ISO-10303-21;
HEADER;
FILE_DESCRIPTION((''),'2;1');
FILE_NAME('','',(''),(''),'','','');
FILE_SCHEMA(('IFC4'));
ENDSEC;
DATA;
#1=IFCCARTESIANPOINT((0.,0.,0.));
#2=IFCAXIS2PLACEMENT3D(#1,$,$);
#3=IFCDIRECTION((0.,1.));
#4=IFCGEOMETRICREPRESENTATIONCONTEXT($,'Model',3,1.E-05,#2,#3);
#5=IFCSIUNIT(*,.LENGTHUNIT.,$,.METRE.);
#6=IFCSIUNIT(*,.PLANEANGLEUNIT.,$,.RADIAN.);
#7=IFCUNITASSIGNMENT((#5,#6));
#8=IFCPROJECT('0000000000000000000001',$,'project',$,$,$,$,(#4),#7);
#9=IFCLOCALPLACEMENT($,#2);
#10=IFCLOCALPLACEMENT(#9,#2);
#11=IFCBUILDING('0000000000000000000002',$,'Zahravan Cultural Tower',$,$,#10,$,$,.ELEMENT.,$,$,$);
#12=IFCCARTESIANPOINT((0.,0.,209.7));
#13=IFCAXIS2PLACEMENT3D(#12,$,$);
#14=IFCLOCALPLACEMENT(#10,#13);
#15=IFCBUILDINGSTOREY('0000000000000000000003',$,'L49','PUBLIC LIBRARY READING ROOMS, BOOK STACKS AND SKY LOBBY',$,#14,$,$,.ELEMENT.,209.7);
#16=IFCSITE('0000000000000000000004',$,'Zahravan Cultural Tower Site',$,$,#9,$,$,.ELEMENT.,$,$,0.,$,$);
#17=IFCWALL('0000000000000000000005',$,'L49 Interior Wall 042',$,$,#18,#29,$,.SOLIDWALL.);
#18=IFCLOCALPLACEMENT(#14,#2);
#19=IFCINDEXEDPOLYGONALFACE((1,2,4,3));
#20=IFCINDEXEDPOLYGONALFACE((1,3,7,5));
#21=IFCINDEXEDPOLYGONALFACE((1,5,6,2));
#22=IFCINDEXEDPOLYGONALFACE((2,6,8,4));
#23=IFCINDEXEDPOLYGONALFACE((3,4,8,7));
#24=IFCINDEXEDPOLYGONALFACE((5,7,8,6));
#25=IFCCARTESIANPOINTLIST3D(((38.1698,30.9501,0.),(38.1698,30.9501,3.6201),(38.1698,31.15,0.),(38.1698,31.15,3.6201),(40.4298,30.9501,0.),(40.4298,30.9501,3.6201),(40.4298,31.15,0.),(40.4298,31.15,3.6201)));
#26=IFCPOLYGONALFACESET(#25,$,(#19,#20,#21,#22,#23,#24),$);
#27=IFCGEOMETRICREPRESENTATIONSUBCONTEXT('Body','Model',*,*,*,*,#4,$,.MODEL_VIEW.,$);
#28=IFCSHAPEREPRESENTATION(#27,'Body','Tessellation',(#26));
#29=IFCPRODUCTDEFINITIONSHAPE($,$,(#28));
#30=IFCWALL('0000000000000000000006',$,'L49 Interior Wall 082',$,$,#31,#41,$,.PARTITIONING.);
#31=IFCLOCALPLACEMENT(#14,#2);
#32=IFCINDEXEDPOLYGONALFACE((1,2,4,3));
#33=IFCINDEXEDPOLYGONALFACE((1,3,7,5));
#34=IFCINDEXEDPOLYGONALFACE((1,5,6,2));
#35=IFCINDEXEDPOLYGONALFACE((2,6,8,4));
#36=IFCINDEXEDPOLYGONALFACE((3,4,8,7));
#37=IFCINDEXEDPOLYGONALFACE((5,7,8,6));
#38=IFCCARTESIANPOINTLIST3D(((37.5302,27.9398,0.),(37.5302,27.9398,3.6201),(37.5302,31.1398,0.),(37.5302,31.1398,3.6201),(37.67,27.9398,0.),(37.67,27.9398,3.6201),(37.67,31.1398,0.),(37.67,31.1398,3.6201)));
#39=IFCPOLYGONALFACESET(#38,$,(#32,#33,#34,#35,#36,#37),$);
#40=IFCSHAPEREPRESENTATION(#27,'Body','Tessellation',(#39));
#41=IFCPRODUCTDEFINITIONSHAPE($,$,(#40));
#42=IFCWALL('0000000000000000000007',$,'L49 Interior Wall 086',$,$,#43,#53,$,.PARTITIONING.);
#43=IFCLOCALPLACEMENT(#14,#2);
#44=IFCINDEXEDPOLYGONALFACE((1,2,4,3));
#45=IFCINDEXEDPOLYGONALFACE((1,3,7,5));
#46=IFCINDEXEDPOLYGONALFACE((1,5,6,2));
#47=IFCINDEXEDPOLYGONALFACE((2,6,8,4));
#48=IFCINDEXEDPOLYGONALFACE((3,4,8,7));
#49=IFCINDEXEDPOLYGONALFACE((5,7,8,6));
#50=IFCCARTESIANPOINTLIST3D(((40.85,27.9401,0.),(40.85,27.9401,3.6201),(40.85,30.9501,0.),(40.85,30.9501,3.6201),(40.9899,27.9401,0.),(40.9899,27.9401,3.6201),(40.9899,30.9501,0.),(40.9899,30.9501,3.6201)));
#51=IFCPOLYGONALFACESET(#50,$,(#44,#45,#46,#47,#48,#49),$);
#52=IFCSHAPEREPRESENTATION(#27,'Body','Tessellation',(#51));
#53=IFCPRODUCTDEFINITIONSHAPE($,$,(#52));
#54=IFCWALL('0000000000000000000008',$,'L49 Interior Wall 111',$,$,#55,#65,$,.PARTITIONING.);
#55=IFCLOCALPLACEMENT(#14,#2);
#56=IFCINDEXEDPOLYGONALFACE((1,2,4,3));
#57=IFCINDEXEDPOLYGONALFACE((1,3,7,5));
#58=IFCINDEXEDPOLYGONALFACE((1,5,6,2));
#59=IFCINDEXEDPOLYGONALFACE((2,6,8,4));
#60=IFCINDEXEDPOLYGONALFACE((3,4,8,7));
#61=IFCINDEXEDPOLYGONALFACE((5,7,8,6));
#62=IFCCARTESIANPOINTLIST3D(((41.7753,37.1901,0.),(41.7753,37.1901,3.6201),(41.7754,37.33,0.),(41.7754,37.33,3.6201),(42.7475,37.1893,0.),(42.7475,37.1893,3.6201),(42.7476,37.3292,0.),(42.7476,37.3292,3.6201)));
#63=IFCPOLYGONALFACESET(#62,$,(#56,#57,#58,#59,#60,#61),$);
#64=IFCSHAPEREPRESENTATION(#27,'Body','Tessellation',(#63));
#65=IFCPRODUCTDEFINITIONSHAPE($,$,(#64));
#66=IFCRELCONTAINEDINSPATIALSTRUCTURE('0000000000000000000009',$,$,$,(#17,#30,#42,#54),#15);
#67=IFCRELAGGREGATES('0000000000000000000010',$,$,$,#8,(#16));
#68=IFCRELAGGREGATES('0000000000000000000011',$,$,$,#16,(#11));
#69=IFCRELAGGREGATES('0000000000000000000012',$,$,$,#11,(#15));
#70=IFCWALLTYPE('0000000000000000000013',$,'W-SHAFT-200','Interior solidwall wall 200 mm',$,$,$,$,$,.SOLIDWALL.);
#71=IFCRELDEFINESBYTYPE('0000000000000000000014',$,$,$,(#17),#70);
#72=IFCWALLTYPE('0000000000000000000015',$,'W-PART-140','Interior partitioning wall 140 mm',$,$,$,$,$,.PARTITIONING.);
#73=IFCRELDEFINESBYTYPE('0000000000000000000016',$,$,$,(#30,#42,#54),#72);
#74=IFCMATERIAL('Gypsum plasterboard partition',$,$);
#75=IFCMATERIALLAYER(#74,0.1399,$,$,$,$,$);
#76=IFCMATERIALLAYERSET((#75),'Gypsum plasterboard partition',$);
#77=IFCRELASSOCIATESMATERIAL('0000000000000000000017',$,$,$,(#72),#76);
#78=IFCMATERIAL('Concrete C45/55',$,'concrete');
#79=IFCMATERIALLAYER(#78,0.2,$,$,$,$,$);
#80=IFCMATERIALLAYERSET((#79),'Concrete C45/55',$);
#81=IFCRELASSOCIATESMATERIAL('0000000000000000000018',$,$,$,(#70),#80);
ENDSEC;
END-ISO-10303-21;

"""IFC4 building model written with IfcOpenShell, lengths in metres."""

from ifc_helpers import new_model, si_unit, direction, frame, frame_2d, origin, place, context, subcontext, project, spatial, rectangle, extrude, source, transform, mapped, material, layer, layer_set, type_object, element, save


model = new_model("IFC4")

# Units and contexts
model_context = context("Model", 3, precision=1e-05, world=origin(), true_north=direction((0.0, 1.0)))
body_context = subcontext(model_context, "Body", "Model", "MODEL_VIEW")
ifc_project = project(units=[si_unit("LENGTHUNIT", "METRE"), si_unit("PLANEANGLEUNIT", "RADIAN")], contexts=[model_context])

# Site, building, storey
site_placement = place(None, origin())
site = spatial("IfcSite", under=ifc_project, at=site_placement, Name="Zahravan Cultural Tower Site", CompositionType="ELEMENT", RefElevation=0.0)
building_placement = place(site_placement, origin())
building = spatial("IfcBuilding", under=site, at=building_placement, Name="Zahravan Cultural Tower", CompositionType="ELEMENT")
storey_placement = place(building_placement, frame((0.0, 0.0, 209.7)))
storey = spatial("IfcBuildingStorey", under=building, at=storey_placement, Name="L49", Description="PUBLIC LIBRARY READING ROOMS, BOOK STACKS AND SKY LOBBY", CompositionType="ELEMENT", Elevation=209.7)

# Shared definitions
ifc_material_1 = material(Name="Gypsum plasterboard partition")
ifc_layer_1 = layer(ifc_material_1, 0.1399)
ifc_layer_set_1 = layer_set([ifc_layer_1], Name="Gypsum plasterboard partition")
wall_type_1 = type_object("IfcWallType", Name="W-PART-140", Description="Interior partitioning wall 140 mm", PredefinedType="PARTITIONING", material=ifc_layer_set_1)
ifc_material_2 = material(Name="Concrete C45/55", Category="concrete")
ifc_layer_2 = layer(ifc_material_2, 0.2)
ifc_layer_set_2 = layer_set([ifc_layer_2], Name="Concrete C45/55")
wall_type_2 = type_object("IfcWallType", Name="W-SHAFT-200", Description="Interior solidwall wall 200 mm", PredefinedType="SOLIDWALL", material=ifc_layer_set_2)

# Walls
shared_shape_1 = source(origin(), body_context, "Body", "SweptSolid", [
    extrude(rectangle(XDim=2.26, YDim=0.2, at=frame_2d((1.1299, 0.0))), origin(), (0.0, 0.0, 1.0), 3.6201),
])
for number, where, z_axis, x_axis, name in (
    (1, (38.1699, 31.05, 0.0), (0.0, 0.0, 1.0), (1.0, 0.0, 0.0), "L49 Interior Wall 042"),
):
    element("IfcWall", number, at=place(storey_placement, frame(where, z_axis=z_axis, x_axis=x_axis)), inside=storey, type_object=wall_type_2, Name=name, PredefinedType="SOLIDWALL", context=body_context, shape_type="MappedRepresentation", body=[
        mapped(shared_shape_1, transform((0.0, 0.0, 0.0), x_axis=(1.0, 0.0, 0.0), y_axis=(0.0, 1.0, 0.0), z_axis=(0.0, 0.0, 1.0), scale=1.0)),
    ])
shared_shape_2 = source(origin(), body_context, "Body", "SweptSolid", [
    extrude(rectangle(XDim=3.2, YDim=0.1399, at=frame_2d((1.6001, 0.0))), origin(), (0.0, 0.0, 1.0), 3.6201),
])
wall_1_placement = place(storey_placement, frame((37.6001, 31.1399, 0.0), z_axis=(0.0, 0.0, 1.0), x_axis=(0.0, -1.0, 0.0)))
element("IfcWall", 2, at=wall_1_placement, inside=storey, type_object=wall_type_1, Name="L49 Interior Wall 082", PredefinedType="PARTITIONING", context=body_context, shape_type="MappedRepresentation", body=[
    mapped(shared_shape_2, transform((0.0, 0.0, 0.0), x_axis=(1.0, 0.0, 0.0), y_axis=(0.0, 1.0, 0.0), z_axis=(0.0, 0.0, 1.0), scale=1.0)),
])
shared_shape_3 = source(origin(), body_context, "Body", "SweptSolid", [
    extrude(rectangle(XDim=3.01, YDim=0.1399, at=frame_2d((1.5049, 0.0))), origin(), (0.0, 0.0, 1.0), 3.6201),
])
wall_2_placement = place(storey_placement, frame((40.9199, 30.95, 0.0), z_axis=(0.0, 0.0, 1.0), x_axis=(0.0, -1.0, 0.0)))
element("IfcWall", 3, at=wall_2_placement, inside=storey, type_object=wall_type_1, Name="L49 Interior Wall 086", PredefinedType="PARTITIONING", context=body_context, shape_type="MappedRepresentation", body=[
    mapped(shared_shape_3, transform((0.0, 0.0, 0.0), x_axis=(1.0, 0.0, 0.0), y_axis=(0.0, 1.0, 0.0), z_axis=(0.0, 0.0, 1.0), scale=1.0)),
])
shared_shape_4 = source(origin(), body_context, "Body", "SweptSolid", [
    extrude(rectangle(XDim=0.9722, YDim=0.1399, at=frame_2d((0.4861, 0.0))), origin(), (0.0, 0.0, 1.0), 3.6201),
])
wall_3_placement = place(storey_placement, frame((42.7476, 37.2593, 0.0), z_axis=(0.0, 0.0, 1.0), x_axis=(-1.0, 0.000753, 0.0)))
element("IfcWall", 4, at=wall_3_placement, inside=storey, type_object=wall_type_1, Name="L49 Interior Wall 111", PredefinedType="PARTITIONING", context=body_context, shape_type="MappedRepresentation", body=[
    mapped(shared_shape_4, transform((0.0, 0.0, 0.0), x_axis=(1.0, 0.0, 0.0), y_axis=(0.0, 1.0, 0.0), z_axis=(0.0, 0.0, 1.0), scale=1.0)),
])

save(model, "model.ifc")
